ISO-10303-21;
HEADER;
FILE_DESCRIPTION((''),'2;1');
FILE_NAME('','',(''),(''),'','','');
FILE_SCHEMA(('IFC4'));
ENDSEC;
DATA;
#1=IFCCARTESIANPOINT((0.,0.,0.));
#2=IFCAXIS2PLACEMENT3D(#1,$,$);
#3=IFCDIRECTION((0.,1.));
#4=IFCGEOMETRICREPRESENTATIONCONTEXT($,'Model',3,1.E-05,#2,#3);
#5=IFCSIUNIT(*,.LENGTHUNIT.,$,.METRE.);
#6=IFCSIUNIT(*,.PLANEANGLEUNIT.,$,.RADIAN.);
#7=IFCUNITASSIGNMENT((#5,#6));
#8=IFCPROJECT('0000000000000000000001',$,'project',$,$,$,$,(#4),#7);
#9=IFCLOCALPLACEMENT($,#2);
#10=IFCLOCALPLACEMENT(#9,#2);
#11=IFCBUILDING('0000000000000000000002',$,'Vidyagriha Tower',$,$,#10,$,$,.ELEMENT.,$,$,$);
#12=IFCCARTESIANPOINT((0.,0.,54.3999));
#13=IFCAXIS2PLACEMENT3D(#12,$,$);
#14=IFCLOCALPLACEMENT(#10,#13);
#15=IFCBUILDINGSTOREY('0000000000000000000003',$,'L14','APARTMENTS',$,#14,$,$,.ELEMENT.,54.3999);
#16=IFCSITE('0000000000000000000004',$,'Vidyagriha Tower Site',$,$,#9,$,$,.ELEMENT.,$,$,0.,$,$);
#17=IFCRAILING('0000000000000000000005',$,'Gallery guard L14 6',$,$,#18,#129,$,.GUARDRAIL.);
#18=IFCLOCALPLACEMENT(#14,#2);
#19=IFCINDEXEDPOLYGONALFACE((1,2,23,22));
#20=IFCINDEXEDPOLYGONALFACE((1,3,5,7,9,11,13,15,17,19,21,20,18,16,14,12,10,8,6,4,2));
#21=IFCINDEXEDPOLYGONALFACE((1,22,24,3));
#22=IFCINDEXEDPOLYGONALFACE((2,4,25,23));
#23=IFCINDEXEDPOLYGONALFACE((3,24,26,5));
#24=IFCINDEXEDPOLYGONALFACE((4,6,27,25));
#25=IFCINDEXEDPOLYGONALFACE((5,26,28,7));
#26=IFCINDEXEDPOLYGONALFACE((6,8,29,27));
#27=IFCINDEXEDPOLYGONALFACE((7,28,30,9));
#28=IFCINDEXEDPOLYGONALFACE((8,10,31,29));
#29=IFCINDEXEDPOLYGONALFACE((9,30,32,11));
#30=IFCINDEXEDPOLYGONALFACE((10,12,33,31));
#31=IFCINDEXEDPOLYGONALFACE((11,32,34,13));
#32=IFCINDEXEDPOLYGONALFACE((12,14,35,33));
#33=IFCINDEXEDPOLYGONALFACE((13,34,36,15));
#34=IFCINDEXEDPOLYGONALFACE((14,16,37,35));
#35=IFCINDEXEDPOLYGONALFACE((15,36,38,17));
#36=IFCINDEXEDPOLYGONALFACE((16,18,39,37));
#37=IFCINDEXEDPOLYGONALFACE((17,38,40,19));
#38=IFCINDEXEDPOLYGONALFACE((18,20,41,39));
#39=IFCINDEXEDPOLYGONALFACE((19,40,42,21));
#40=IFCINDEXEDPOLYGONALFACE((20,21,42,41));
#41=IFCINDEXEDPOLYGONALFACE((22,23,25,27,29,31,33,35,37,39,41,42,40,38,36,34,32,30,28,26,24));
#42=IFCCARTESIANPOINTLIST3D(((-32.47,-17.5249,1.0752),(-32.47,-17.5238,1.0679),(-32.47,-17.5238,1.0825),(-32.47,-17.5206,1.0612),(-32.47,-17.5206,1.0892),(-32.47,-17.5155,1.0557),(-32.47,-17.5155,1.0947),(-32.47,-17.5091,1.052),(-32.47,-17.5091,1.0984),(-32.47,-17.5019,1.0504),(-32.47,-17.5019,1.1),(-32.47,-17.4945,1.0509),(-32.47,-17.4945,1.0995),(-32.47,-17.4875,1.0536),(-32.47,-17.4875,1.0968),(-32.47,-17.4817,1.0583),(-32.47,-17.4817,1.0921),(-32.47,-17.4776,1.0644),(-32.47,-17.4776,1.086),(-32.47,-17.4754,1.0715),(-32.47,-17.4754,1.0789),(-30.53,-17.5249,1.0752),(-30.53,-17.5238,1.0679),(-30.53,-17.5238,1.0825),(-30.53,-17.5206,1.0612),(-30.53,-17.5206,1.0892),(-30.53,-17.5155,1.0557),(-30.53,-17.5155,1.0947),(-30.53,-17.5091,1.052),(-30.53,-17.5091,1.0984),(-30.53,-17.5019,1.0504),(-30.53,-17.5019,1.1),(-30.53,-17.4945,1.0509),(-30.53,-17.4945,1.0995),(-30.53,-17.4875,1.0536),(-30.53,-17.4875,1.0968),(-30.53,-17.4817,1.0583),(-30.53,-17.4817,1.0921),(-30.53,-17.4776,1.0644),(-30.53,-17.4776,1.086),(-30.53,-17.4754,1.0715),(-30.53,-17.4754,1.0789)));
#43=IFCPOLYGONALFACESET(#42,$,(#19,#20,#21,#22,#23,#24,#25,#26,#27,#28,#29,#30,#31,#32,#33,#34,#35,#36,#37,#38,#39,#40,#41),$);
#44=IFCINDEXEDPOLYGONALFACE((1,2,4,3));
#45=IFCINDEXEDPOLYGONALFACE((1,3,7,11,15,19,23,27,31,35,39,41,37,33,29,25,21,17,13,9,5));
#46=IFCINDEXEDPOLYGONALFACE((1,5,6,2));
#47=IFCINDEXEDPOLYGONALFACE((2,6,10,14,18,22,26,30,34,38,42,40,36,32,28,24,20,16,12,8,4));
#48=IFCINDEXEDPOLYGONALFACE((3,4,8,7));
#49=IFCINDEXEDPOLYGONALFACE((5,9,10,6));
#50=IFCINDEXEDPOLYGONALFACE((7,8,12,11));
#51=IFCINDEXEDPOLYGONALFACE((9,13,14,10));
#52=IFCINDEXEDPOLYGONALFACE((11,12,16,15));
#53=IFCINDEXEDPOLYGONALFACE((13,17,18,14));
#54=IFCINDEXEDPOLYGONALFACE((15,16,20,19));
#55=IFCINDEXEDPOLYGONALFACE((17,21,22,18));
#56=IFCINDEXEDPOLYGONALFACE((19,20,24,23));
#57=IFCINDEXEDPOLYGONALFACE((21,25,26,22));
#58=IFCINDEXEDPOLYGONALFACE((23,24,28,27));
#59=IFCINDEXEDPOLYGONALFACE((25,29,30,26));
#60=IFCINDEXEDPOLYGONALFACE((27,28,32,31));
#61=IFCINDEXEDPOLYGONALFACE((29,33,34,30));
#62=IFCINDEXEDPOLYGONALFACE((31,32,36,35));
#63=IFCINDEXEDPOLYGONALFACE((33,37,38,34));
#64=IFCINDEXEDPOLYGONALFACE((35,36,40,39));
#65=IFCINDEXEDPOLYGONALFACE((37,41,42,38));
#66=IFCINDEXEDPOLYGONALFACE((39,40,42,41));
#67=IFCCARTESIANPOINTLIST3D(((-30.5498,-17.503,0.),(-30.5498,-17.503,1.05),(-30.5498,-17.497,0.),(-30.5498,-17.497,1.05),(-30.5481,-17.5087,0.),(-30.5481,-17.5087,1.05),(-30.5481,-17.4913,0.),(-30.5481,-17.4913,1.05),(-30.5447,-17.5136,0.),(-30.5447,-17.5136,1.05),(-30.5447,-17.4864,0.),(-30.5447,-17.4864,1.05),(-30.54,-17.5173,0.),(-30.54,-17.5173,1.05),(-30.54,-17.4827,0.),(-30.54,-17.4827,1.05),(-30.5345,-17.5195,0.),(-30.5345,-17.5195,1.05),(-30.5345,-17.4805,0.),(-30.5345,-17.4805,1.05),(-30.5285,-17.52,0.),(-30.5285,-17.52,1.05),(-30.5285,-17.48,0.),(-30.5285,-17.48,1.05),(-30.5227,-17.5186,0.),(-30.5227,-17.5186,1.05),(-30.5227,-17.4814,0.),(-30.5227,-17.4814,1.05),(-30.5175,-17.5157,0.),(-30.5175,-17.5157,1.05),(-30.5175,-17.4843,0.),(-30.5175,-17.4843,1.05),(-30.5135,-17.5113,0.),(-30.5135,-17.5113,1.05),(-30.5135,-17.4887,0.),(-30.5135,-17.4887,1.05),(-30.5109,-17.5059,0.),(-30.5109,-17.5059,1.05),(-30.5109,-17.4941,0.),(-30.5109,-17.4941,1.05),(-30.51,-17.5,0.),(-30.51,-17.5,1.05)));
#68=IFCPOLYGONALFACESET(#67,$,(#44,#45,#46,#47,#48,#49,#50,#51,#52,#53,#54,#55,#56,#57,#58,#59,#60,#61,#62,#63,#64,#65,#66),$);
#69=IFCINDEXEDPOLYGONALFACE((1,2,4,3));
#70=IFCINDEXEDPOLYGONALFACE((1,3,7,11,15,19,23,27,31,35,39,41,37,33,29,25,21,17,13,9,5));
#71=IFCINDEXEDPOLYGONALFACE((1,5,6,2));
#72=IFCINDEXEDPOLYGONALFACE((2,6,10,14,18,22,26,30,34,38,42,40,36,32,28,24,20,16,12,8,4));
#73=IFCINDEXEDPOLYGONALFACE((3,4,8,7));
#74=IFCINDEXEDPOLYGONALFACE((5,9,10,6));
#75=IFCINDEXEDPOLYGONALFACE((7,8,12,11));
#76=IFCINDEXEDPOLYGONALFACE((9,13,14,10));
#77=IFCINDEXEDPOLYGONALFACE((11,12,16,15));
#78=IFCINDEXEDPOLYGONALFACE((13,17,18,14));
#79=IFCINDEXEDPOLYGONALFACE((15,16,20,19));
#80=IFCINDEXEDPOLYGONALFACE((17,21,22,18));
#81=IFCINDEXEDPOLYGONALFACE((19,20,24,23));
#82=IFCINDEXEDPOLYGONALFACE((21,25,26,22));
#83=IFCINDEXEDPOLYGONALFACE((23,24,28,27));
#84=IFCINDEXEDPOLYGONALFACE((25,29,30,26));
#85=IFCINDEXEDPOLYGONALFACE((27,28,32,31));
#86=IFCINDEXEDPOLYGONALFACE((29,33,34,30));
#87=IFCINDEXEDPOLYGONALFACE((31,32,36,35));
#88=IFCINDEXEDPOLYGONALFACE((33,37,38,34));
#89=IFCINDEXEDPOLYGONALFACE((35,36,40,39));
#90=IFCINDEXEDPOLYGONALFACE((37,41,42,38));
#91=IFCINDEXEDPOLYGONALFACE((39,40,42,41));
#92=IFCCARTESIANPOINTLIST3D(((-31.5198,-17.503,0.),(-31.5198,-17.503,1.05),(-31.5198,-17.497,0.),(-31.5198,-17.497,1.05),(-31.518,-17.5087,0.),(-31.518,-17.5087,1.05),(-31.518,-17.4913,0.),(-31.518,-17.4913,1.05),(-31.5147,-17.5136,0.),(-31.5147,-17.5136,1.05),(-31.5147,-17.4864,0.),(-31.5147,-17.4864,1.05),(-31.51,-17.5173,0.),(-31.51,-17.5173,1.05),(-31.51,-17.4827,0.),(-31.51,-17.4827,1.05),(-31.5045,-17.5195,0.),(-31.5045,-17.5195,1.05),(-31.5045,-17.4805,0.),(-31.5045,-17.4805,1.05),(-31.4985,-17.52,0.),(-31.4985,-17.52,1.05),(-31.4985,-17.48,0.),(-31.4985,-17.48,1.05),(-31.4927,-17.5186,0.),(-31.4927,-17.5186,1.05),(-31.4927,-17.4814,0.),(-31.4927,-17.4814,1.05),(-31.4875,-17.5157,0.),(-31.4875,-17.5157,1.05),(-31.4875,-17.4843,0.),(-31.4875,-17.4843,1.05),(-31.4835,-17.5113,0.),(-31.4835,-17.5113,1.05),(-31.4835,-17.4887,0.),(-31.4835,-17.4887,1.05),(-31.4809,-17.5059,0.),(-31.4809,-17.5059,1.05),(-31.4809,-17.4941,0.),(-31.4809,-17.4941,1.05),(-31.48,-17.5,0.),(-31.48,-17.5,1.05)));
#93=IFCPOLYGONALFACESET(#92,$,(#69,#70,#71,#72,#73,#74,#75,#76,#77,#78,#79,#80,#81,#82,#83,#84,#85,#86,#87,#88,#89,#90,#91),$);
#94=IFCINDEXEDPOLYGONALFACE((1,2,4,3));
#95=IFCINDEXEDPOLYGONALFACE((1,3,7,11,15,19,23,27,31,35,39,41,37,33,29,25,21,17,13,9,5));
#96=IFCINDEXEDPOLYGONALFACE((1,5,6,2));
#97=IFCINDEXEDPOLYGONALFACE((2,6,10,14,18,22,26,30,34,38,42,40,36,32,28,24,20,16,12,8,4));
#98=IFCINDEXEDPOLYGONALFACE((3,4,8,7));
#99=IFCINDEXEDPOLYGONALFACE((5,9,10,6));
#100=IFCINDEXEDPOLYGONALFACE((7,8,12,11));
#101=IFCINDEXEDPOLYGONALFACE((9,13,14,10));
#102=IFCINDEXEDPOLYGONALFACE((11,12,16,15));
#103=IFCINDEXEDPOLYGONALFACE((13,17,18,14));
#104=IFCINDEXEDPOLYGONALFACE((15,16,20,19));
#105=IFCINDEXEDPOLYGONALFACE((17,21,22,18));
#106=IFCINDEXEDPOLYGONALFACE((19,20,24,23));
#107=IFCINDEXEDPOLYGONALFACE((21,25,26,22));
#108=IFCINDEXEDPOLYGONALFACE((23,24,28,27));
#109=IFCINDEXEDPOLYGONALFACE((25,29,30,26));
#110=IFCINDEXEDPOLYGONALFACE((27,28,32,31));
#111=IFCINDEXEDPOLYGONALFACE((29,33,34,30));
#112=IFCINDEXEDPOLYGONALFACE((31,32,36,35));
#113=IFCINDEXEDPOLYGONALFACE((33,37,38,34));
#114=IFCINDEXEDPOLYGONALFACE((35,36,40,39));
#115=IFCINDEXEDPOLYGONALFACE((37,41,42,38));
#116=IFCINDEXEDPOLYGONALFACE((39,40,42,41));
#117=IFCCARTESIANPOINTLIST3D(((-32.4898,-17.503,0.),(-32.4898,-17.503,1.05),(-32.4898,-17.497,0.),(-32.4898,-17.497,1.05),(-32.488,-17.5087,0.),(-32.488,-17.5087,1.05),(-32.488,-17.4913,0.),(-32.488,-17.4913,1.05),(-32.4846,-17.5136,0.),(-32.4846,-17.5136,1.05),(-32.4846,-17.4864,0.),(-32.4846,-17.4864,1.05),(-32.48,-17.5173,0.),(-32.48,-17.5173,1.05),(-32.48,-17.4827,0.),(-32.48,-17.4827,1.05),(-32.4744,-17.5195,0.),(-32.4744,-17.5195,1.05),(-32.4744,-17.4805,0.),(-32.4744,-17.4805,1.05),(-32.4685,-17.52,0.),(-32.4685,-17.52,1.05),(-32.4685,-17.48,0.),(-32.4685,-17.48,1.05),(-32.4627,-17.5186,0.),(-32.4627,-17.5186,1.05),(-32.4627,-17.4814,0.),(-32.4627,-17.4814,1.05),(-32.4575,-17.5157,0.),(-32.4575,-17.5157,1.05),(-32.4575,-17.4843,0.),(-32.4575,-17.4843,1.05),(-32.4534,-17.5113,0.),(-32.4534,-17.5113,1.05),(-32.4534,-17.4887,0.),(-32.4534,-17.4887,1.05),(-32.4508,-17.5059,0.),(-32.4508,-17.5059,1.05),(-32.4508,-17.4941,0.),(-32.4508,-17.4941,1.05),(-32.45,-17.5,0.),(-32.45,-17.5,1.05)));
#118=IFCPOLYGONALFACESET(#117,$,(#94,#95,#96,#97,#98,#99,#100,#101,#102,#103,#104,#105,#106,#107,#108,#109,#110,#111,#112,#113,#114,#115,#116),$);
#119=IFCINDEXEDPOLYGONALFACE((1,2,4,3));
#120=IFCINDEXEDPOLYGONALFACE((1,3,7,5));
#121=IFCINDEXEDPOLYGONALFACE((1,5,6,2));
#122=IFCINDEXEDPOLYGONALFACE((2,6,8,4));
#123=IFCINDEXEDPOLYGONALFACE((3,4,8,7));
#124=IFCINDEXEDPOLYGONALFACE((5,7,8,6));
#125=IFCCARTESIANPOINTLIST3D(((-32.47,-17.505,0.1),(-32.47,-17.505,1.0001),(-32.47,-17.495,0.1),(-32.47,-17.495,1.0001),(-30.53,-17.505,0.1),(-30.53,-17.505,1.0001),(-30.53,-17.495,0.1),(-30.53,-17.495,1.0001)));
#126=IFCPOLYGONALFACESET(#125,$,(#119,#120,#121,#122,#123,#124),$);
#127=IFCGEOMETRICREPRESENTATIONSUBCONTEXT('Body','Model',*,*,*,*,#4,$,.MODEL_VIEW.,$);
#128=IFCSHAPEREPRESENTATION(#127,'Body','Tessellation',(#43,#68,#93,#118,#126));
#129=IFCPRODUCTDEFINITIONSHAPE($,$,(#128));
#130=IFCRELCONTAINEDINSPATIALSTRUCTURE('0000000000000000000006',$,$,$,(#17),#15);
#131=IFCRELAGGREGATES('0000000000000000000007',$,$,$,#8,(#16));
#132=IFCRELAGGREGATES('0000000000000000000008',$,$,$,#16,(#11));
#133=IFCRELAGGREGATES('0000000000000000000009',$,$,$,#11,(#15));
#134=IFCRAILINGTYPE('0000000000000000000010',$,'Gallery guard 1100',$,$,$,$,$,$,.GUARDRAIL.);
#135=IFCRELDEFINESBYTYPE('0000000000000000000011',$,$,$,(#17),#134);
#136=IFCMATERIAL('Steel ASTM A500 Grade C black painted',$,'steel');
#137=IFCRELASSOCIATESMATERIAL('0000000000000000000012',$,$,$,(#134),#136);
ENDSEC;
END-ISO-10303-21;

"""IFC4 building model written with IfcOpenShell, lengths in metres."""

from ifc_helpers import new_model, si_unit, direction, frame, origin, origin_2d, place, context, subcontext, project, spatial, rectangle, circle, extrude, material, type_object, element, save


model = new_model("IFC4")

# Units and contexts
model_context = context("Model", 3, precision=1e-05, world=origin(), true_north=direction((0.0, 1.0)))
body_context = subcontext(model_context, "Body", "Model", "MODEL_VIEW")
ifc_project = project(units=[si_unit("LENGTHUNIT", "METRE"), si_unit("PLANEANGLEUNIT", "RADIAN")], contexts=[model_context])

# Site, building, storey
site_placement = place(None, origin())
site = spatial("IfcSite", under=ifc_project, at=site_placement, Name="Vidyagriha Tower Site", CompositionType="ELEMENT", RefElevation=0.0)
building_placement = place(site_placement, origin())
building = spatial("IfcBuilding", under=site, at=building_placement, Name="Vidyagriha Tower", CompositionType="ELEMENT")
storey_placement = place(building_placement, frame((0.0, 0.0, 54.3999)))
storey = spatial("IfcBuildingStorey", under=building, at=storey_placement, Name="L14", Description="APARTMENTS", CompositionType="ELEMENT", Elevation=54.3999)

# Railing
ifc_material_1 = material(Name="Steel ASTM A500 Grade C black painted", Category="steel")
railing_type_1 = type_object("IfcRailingType", Name="Gallery guard 1100", PredefinedType="GUARDRAIL", material=ifc_material_1)
railing_1_placement = place(storey_placement, frame((-30.53, -17.5, 0.0)))
element("IfcRailing", 1, at=railing_1_placement, inside=storey, type_object=railing_type_1, Name="Gallery guard L14 6", PredefinedType="GUARDRAIL", context=body_context, shape_type="SweptSolid", body=[
    extrude(circle(Radius=0.0249, at=origin_2d()), frame((0.0, 0.0, 1.0752), z_axis=(-1.0, 0.0, 0.0), x_axis=(0.0, -1.0, 0.0)), (0.0, 0.0, 1.0), 1.9399),
    extrude(circle(Radius=0.02, at=origin_2d()), origin(), (0.0, 0.0, 1.0), 1.05),
    extrude(circle(Radius=0.02, at=origin_2d()), frame((-0.97, 0.0, 0.0)), (0.0, 0.0, 1.0), 1.05),
    extrude(circle(Radius=0.02, at=origin_2d()), frame((-1.9399, 0.0, 0.0)), (0.0, 0.0, 1.0), 1.05),
    extrude(rectangle(XDim=0.01, YDim=0.9001, at=origin_2d()), frame((0.0, 0.0, 0.55), z_axis=(-1.0, 0.0, 0.0), x_axis=(0.0, -1.0, 0.0)), (0.0, 0.0, 1.0), 1.9399),
])

save(model, "model.ifc")
